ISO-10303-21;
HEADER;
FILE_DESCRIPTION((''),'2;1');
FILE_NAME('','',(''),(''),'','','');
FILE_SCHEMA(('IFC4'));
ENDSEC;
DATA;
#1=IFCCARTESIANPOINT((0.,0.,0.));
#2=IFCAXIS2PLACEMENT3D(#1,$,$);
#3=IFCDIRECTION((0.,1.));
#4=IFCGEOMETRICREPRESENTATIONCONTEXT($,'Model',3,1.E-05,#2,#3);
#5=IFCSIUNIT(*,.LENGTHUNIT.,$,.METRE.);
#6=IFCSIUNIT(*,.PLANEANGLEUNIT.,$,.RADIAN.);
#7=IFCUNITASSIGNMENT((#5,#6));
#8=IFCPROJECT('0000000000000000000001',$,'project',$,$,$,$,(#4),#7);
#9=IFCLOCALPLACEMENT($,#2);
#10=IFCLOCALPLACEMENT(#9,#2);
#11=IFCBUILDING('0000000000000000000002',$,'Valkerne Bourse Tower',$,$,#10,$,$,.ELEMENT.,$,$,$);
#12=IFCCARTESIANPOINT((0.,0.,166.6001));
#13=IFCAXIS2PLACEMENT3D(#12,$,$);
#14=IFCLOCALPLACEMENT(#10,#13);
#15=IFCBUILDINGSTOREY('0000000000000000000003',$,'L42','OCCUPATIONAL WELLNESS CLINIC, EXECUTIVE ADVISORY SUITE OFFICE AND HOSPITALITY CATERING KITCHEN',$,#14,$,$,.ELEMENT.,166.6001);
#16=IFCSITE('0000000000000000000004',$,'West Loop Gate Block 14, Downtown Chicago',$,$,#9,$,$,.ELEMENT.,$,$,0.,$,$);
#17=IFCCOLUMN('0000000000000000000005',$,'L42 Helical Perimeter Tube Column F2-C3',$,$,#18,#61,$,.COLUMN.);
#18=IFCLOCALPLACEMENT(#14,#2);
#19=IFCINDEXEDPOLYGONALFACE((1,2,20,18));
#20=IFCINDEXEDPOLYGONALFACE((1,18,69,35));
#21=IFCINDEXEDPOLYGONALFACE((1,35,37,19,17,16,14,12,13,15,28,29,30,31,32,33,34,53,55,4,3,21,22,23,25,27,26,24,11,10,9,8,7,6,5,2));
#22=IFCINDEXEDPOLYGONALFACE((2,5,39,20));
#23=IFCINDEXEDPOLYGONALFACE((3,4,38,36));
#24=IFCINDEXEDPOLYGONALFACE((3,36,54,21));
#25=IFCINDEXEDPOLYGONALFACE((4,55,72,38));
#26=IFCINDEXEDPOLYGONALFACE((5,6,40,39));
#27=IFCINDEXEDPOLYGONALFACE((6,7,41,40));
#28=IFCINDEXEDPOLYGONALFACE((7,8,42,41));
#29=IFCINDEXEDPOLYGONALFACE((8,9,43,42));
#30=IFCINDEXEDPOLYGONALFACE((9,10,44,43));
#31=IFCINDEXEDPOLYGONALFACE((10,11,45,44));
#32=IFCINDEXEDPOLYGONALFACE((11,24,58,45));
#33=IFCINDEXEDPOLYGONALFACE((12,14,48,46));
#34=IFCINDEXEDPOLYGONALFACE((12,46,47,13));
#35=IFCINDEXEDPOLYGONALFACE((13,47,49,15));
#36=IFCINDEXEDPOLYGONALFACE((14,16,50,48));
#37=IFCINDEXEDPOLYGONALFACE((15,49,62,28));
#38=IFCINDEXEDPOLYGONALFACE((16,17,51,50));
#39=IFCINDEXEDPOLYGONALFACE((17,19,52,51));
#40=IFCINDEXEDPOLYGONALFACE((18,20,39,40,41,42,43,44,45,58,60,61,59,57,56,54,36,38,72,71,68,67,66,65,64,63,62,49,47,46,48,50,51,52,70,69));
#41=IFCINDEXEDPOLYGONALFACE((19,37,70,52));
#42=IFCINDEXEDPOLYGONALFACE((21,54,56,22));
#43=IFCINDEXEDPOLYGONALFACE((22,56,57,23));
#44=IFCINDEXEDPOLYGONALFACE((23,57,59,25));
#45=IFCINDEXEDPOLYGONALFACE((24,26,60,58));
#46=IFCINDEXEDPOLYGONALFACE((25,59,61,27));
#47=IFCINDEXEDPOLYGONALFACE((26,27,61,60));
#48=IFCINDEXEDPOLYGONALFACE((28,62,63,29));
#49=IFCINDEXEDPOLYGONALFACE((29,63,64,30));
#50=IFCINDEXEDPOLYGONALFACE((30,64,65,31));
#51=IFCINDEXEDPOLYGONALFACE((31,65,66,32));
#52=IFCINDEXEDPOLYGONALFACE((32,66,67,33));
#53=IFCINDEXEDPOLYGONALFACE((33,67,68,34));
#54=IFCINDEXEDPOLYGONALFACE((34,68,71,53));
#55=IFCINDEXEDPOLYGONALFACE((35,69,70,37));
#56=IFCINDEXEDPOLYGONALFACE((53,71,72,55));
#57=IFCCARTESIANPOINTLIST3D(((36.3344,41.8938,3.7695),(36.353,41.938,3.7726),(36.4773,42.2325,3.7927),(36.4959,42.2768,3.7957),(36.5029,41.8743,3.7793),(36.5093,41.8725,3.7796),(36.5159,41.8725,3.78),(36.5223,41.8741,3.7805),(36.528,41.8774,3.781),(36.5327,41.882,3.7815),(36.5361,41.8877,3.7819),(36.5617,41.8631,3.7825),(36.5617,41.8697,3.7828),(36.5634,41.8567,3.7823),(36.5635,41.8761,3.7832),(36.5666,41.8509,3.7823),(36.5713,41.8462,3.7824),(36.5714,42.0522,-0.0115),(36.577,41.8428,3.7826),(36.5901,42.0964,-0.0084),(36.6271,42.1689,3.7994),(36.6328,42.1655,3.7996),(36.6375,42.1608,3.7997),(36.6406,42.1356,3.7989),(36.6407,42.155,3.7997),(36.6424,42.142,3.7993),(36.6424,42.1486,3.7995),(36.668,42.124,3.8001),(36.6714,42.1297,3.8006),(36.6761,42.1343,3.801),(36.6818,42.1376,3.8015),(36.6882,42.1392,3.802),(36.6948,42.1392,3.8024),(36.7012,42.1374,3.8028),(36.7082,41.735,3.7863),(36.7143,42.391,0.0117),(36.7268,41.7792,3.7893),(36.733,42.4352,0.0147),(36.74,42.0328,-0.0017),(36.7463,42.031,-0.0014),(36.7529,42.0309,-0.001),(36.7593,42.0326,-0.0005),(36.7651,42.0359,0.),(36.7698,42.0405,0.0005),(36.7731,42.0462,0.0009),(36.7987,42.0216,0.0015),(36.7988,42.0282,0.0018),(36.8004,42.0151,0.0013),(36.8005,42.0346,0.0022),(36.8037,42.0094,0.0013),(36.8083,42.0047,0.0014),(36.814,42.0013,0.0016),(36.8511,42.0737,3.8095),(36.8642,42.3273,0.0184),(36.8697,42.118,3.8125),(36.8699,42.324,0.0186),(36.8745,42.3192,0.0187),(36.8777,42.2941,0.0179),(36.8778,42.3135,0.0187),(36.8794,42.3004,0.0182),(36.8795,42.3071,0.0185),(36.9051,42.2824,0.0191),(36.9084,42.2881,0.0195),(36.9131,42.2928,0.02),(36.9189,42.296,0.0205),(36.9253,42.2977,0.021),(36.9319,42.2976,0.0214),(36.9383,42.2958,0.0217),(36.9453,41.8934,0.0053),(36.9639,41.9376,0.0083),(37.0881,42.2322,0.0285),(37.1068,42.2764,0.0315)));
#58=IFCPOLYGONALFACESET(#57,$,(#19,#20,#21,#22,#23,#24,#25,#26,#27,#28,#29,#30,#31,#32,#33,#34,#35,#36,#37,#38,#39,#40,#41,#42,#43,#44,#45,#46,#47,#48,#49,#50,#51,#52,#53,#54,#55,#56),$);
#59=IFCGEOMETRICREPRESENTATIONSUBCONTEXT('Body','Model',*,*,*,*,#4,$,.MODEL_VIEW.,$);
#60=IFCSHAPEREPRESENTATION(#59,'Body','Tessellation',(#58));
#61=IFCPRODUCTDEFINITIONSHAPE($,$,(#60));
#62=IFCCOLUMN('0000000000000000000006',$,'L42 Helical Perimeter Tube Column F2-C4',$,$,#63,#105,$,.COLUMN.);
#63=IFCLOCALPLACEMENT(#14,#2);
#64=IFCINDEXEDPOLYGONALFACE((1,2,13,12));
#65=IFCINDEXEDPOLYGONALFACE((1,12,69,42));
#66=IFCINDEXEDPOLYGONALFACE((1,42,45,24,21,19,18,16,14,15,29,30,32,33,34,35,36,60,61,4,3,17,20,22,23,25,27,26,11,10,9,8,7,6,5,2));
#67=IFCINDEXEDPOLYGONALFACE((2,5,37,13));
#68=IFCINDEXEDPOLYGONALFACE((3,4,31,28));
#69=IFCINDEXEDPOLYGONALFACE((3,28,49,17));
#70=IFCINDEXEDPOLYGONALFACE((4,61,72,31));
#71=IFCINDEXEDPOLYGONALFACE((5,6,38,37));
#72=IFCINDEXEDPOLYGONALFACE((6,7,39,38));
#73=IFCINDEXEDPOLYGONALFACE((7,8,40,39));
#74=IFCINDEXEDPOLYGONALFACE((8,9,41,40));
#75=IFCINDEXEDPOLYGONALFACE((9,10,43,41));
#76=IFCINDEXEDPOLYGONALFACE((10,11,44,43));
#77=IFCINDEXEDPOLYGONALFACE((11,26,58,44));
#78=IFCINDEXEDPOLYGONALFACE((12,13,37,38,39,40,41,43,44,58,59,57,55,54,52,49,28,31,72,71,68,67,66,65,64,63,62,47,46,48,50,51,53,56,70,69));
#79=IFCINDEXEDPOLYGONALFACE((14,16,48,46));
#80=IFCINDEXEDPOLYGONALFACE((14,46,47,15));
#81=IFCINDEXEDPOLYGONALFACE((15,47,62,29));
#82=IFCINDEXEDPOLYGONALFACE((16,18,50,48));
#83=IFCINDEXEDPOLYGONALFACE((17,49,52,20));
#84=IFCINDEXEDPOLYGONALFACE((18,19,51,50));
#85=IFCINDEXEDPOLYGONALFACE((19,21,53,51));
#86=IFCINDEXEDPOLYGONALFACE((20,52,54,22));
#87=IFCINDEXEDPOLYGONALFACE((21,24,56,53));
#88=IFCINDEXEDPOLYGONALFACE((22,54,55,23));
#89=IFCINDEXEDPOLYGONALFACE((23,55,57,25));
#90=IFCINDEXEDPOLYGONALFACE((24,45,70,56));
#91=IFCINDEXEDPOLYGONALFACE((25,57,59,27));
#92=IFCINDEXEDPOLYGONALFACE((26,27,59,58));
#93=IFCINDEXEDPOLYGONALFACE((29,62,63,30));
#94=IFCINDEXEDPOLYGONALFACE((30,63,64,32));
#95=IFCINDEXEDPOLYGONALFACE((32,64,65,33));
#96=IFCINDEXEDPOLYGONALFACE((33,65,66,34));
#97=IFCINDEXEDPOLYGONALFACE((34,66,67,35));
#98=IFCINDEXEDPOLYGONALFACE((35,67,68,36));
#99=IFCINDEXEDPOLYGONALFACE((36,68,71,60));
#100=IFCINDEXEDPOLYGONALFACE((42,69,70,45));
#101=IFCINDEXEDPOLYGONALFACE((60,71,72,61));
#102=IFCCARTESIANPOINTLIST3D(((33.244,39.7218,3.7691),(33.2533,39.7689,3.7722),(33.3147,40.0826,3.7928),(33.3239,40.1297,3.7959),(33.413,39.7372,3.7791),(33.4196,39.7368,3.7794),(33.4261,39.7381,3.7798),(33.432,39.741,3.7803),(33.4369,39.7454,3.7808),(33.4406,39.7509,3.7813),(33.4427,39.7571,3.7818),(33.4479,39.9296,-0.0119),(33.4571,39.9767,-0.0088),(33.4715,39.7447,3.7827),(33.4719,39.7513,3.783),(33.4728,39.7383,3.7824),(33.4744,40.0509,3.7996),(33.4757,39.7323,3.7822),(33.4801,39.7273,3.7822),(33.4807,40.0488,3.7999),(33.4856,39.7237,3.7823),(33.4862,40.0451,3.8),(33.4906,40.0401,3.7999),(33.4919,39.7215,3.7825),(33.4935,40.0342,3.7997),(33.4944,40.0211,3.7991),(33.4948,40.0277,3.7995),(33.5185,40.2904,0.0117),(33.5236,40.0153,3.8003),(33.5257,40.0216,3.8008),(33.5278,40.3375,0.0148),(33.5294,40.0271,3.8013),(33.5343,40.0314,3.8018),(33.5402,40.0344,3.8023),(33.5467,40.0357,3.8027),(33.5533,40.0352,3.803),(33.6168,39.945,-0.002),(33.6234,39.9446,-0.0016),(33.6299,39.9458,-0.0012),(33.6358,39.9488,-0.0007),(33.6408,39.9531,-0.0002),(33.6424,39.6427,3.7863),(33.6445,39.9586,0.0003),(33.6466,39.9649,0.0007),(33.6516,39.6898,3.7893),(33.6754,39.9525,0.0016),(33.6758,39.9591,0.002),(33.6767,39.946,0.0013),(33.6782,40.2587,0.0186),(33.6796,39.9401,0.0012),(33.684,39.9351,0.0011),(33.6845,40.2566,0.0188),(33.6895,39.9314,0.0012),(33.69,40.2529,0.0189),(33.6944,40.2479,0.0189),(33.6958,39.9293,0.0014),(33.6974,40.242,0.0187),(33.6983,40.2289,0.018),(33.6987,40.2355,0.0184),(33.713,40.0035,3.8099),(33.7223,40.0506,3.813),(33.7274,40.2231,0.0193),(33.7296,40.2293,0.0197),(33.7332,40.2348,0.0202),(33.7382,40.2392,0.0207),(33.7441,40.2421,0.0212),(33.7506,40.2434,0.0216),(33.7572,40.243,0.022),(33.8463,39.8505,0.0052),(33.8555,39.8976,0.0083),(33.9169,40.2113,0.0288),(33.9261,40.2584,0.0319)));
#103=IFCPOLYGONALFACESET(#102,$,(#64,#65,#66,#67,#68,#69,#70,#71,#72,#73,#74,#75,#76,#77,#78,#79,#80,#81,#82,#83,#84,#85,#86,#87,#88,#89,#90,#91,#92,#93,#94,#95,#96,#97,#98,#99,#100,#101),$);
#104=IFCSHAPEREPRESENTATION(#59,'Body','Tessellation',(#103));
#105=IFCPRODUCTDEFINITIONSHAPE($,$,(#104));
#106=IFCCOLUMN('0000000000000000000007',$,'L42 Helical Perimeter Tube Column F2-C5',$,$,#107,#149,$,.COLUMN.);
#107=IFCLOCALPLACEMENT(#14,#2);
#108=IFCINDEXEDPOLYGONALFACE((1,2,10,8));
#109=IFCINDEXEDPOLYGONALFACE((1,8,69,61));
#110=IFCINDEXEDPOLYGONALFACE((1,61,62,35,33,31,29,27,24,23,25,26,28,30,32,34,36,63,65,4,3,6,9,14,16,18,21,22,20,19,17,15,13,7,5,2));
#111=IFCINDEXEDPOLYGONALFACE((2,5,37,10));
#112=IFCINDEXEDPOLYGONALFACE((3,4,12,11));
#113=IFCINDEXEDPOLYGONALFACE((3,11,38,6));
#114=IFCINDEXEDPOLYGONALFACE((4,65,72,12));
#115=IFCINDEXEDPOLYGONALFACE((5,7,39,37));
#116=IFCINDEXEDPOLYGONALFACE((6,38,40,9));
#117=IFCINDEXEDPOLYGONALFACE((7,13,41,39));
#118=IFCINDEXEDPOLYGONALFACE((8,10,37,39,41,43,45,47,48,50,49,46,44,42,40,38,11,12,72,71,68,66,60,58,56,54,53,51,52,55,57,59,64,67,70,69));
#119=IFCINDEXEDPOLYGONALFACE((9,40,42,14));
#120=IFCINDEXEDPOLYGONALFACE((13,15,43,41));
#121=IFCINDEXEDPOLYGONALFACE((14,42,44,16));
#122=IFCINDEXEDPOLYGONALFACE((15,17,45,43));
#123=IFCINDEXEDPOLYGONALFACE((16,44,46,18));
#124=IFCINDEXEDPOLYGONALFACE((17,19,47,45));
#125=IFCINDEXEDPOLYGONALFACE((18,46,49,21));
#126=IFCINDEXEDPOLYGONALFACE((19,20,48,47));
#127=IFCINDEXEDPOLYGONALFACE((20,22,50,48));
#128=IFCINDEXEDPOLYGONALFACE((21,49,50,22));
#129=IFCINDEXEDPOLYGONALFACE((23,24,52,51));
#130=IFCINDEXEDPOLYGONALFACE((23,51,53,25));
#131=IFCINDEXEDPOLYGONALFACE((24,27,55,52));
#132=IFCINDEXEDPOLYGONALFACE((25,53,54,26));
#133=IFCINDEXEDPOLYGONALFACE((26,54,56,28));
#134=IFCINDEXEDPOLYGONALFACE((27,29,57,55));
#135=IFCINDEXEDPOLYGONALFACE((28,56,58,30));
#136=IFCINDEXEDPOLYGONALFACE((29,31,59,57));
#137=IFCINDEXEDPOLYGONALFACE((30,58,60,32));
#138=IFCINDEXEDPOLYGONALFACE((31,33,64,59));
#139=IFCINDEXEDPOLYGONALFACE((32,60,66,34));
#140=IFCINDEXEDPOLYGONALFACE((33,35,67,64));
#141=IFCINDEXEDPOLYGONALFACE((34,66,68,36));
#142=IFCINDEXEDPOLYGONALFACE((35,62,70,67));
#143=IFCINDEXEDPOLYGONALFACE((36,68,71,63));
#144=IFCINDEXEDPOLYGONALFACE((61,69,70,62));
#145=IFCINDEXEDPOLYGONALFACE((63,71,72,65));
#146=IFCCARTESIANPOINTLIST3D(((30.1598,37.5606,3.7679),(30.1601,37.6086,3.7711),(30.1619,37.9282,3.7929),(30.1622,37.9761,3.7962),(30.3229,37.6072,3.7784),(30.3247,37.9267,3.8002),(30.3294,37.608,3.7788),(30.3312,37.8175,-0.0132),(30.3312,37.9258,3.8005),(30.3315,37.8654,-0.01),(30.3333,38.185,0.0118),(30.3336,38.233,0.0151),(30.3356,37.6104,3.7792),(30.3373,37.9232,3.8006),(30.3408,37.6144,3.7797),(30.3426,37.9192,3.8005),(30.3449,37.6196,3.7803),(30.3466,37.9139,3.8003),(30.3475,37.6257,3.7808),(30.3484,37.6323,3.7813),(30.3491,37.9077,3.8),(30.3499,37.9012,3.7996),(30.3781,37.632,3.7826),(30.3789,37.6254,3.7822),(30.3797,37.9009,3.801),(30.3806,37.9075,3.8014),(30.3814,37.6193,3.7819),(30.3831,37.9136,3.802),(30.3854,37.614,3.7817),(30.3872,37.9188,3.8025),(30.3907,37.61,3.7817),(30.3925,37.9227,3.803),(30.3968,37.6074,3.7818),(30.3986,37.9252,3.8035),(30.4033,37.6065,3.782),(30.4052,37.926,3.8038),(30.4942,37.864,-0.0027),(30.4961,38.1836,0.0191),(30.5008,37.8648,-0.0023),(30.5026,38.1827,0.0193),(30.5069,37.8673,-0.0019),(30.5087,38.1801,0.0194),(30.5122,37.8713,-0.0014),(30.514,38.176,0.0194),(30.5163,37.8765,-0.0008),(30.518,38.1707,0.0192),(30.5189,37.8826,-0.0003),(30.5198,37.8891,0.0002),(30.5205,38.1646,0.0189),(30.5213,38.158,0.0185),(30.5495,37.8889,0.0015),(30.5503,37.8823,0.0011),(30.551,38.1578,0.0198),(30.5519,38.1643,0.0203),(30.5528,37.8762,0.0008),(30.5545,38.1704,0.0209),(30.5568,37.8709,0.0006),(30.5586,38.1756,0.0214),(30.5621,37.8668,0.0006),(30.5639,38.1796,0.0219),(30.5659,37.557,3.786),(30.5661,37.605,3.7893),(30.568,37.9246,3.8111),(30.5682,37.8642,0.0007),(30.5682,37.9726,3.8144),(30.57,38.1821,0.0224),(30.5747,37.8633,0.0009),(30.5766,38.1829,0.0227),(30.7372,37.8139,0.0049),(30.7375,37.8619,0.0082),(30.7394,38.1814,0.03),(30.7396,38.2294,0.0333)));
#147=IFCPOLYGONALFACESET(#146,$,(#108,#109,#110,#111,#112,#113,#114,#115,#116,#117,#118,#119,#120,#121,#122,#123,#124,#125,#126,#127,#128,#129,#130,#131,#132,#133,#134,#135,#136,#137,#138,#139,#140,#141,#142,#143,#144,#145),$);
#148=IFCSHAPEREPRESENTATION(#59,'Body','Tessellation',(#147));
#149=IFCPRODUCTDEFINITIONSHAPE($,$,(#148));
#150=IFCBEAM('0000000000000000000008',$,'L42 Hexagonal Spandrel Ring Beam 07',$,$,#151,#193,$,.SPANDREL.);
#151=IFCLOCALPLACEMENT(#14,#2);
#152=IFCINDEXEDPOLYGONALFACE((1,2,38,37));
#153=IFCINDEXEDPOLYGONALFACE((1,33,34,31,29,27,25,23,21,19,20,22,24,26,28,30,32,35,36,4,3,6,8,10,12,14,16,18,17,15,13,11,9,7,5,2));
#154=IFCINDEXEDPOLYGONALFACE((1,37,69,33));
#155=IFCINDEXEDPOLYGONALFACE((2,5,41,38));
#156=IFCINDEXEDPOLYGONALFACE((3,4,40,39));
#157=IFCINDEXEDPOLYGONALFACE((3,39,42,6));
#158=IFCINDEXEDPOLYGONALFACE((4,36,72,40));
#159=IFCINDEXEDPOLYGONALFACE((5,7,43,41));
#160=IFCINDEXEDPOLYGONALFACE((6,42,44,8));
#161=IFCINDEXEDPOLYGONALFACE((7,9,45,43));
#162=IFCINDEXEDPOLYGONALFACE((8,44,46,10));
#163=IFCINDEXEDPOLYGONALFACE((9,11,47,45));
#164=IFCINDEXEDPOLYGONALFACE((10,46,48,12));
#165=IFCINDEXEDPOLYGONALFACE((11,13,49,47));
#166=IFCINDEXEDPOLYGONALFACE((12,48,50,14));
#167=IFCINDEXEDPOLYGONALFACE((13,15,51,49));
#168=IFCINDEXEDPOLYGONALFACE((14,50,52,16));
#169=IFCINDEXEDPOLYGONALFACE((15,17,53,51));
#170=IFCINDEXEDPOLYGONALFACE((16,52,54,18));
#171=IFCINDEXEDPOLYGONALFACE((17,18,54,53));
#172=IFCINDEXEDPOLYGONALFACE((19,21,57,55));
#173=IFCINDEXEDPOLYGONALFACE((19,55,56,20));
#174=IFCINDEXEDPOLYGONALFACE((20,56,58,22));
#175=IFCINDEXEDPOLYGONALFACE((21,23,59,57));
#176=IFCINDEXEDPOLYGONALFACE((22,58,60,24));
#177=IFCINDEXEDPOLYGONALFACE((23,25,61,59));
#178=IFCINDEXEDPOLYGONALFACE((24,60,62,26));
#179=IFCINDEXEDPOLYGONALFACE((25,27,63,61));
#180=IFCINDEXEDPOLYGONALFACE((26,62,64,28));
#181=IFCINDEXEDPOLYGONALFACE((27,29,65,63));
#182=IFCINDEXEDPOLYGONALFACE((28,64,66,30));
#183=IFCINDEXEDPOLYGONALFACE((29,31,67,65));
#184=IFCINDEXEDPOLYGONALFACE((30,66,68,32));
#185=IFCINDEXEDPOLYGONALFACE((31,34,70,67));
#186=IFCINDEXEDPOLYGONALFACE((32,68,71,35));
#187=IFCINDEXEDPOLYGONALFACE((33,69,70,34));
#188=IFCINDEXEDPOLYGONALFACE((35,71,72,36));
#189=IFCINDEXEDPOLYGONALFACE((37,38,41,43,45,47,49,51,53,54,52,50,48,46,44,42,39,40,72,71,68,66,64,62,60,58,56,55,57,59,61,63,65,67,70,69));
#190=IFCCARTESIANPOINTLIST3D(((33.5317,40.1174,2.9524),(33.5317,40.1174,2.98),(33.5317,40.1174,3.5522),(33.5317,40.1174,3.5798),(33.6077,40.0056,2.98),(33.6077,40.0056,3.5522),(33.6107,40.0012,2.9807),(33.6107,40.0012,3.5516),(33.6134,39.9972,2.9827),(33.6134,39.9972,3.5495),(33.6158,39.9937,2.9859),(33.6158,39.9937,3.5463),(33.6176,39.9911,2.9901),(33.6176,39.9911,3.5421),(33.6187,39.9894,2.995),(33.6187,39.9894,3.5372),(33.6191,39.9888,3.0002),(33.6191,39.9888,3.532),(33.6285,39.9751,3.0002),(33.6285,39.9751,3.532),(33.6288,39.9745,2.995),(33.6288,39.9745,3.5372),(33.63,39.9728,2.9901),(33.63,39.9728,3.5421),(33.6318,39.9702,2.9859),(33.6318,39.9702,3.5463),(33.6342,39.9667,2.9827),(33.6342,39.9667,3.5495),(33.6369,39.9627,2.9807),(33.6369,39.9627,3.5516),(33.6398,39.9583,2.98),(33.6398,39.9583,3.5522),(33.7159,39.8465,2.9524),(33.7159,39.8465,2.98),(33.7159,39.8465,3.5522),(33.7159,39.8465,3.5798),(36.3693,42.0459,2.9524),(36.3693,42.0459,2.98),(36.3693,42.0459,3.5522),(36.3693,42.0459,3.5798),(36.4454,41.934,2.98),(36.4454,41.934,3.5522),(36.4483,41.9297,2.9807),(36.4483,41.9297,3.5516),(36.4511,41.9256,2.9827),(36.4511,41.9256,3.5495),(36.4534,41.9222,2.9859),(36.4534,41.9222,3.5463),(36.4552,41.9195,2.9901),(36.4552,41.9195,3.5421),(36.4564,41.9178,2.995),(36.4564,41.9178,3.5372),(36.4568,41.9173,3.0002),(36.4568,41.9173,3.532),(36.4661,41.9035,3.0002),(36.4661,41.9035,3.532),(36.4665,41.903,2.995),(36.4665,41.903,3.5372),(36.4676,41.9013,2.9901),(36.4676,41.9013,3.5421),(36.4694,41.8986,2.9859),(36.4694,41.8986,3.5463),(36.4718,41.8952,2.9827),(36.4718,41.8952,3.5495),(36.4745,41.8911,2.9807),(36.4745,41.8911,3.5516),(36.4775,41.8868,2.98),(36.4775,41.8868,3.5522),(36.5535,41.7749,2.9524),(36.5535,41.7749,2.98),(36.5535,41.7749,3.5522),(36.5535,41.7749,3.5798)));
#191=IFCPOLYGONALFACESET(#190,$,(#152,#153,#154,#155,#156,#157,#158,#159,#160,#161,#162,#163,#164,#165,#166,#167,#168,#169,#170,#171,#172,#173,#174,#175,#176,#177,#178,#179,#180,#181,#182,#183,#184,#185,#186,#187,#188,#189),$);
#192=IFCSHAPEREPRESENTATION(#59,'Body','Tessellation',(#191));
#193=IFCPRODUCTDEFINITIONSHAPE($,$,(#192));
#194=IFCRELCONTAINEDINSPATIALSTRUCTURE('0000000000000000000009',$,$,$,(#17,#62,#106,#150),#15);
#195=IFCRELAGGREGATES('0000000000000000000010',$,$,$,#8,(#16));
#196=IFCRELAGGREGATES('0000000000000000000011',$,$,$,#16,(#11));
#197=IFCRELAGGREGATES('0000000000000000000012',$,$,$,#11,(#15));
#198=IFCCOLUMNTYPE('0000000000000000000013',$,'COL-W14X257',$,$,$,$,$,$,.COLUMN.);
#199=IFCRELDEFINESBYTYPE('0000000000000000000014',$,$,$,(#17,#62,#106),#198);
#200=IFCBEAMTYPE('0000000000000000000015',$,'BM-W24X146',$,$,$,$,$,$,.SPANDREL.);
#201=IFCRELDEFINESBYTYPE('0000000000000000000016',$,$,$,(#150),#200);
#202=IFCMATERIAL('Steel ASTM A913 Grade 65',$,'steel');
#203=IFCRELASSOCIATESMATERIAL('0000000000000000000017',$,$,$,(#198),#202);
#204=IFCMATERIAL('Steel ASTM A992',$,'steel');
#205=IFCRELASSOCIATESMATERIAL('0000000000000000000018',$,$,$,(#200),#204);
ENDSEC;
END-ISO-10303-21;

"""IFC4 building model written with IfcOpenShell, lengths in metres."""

from ifc_helpers import new_model, si_unit, direction, frame, origin, origin_2d, place, context, subcontext, project, spatial, i_section, extrude, material, material_profile, profile_set, type_object, element, save


model = new_model("IFC4")

# Units and contexts
model_context = context("Model", 3, precision=1e-05, world=origin(), true_north=direction((0.0, 1.0)))
body_context = subcontext(model_context, "Body", "Model", "MODEL_VIEW")
ifc_project = project(units=[si_unit("LENGTHUNIT", "METRE"), si_unit("PLANEANGLEUNIT", "RADIAN")], contexts=[model_context])

# Site, building, storey
site_placement = place(None, origin())
site = spatial("IfcSite", under=ifc_project, at=site_placement, Name="West Loop Gate Block 14, Downtown Chicago", CompositionType="ELEMENT", RefElevation=0.0)
building_placement = place(site_placement, origin())
building = spatial("IfcBuilding", under=site, at=building_placement, Name="Valkerne Bourse Tower", CompositionType="ELEMENT")
storey_placement = place(building_placement, frame((0.0, 0.0, 166.6001)))
storey = spatial("IfcBuildingStorey", under=building, at=storey_placement, Name="L42", Description="OCCUPATIONAL WELLNESS CLINIC, EXECUTIVE ADVISORY SUITE OFFICE AND HOSPITALITY CATERING KITCHEN", CompositionType="ELEMENT", Elevation=166.6001)

# Columns
ifc_material_1 = material(Name="Steel ASTM A913 Grade 65", Category="steel")
ifc_material_profile_1 = material_profile(ifc_material_1, i_section(OverallWidth=0.4065, OverallDepth=0.4165, WebThickness=0.0298, FlangeThickness=0.0481, FilletRadius=0.0254, at=origin_2d()), Name="W14X257")
ifc_profile_set_1 = profile_set([ifc_material_profile_1], Name="Steel ASTM A913 Grade 65")
column_type = type_object("IfcColumnType", Name="COL-W14X257", PredefinedType="COLUMN", material=ifc_profile_set_1)
column_1_placement = place(storey_placement, frame((36.8391, 42.1643, 0.01), z_axis=(-0.06252, -0.041787, 0.997169), x_axis=(-0.919608, 0.390661, -0.041286)))
element("IfcColumn", 1, at=column_1_placement, inside=storey, type_object=column_type, Name="L42 Helical Perimeter Tube Column F2-C3", PredefinedType="COLUMN", context=body_context, shape_type="SweptSolid", body=[
    extrude(i_section(OverallWidth=0.4065, OverallDepth=0.4165, WebThickness=0.0298, FlangeThickness=0.0481, FilletRadius=0.0254, at=origin_2d()), origin(), (0.0, 0.0, 1.0), 3.7917),
])
column_2_placement = place(storey_placement, frame((33.687, 40.094, 0.01), z_axis=(-0.053757, -0.054787, 0.99705), x_axis=(-0.979969, 0.194642, -0.042141)))
element("IfcColumn", 2, at=column_2_placement, inside=storey, type_object=column_type, Name="L42 Helical Perimeter Tube Column F2-C4", PredefinedType="COLUMN", context=body_context, shape_type="SweptSolid", body=[
    extrude(i_section(OverallWidth=0.4065, OverallDepth=0.4165, WebThickness=0.0298, FlangeThickness=0.0481, FilletRadius=0.0254, at=origin_2d()), origin(), (0.0, 0.0, 1.0), 3.7922),
])
column_3_placement = place(storey_placement, frame((30.5354, 38.0234, 0.01), z_axis=(-0.045178, -0.067703, 0.996682), x_axis=(-0.998963, 0.008762, -0.044686)))
element("IfcColumn", 3, at=column_3_placement, inside=storey, type_object=column_type, Name="L42 Helical Perimeter Tube Column F2-C5", PredefinedType="COLUMN", context=body_context, shape_type="SweptSolid", body=[
    extrude(i_section(OverallWidth=0.4065, OverallDepth=0.4165, WebThickness=0.0298, FlangeThickness=0.0481, FilletRadius=0.0254, at=origin_2d()), origin(), (0.0, 0.0, 1.0), 3.7937),
])

# Beam
ifc_material_2 = material(Name="Steel ASTM A992", Category="steel")
ifc_material_profile_2 = material_profile(ifc_material_2, i_section(OverallWidth=0.3276, OverallDepth=0.6274, WebThickness=0.0166, FlangeThickness=0.0276, FilletRadius=0.0203, at=origin_2d()), Name="W24X146")
ifc_profile_set_2 = profile_set([ifc_material_profile_2], Name="Steel ASTM A992")
beam_type_1 = type_object("IfcBeamType", Name="BM-W24X146", PredefinedType="SPANDREL", material=ifc_profile_set_2)
beam_1_placement = place(storey_placement, frame((36.4614, 41.9104, 3.2661), z_axis=(-0.82708, -0.562084, 0.0), x_axis=(0.562084, -0.82708, 0.0)))
element("IfcBeam", 4, at=beam_1_placement, inside=storey, type_object=beam_type_1, Name="L42 Hexagonal Spandrel Ring Beam 07", PredefinedType="SPANDREL", context=body_context, shape_type="SweptSolid", body=[
    extrude(i_section(OverallWidth=0.3276, OverallDepth=0.6274, WebThickness=0.0166, FlangeThickness=0.0276, FilletRadius=0.0203, at=origin_2d()), origin(), (0.0, 0.0, 1.0), 3.4309),
])

save(model, "model.ifc")
